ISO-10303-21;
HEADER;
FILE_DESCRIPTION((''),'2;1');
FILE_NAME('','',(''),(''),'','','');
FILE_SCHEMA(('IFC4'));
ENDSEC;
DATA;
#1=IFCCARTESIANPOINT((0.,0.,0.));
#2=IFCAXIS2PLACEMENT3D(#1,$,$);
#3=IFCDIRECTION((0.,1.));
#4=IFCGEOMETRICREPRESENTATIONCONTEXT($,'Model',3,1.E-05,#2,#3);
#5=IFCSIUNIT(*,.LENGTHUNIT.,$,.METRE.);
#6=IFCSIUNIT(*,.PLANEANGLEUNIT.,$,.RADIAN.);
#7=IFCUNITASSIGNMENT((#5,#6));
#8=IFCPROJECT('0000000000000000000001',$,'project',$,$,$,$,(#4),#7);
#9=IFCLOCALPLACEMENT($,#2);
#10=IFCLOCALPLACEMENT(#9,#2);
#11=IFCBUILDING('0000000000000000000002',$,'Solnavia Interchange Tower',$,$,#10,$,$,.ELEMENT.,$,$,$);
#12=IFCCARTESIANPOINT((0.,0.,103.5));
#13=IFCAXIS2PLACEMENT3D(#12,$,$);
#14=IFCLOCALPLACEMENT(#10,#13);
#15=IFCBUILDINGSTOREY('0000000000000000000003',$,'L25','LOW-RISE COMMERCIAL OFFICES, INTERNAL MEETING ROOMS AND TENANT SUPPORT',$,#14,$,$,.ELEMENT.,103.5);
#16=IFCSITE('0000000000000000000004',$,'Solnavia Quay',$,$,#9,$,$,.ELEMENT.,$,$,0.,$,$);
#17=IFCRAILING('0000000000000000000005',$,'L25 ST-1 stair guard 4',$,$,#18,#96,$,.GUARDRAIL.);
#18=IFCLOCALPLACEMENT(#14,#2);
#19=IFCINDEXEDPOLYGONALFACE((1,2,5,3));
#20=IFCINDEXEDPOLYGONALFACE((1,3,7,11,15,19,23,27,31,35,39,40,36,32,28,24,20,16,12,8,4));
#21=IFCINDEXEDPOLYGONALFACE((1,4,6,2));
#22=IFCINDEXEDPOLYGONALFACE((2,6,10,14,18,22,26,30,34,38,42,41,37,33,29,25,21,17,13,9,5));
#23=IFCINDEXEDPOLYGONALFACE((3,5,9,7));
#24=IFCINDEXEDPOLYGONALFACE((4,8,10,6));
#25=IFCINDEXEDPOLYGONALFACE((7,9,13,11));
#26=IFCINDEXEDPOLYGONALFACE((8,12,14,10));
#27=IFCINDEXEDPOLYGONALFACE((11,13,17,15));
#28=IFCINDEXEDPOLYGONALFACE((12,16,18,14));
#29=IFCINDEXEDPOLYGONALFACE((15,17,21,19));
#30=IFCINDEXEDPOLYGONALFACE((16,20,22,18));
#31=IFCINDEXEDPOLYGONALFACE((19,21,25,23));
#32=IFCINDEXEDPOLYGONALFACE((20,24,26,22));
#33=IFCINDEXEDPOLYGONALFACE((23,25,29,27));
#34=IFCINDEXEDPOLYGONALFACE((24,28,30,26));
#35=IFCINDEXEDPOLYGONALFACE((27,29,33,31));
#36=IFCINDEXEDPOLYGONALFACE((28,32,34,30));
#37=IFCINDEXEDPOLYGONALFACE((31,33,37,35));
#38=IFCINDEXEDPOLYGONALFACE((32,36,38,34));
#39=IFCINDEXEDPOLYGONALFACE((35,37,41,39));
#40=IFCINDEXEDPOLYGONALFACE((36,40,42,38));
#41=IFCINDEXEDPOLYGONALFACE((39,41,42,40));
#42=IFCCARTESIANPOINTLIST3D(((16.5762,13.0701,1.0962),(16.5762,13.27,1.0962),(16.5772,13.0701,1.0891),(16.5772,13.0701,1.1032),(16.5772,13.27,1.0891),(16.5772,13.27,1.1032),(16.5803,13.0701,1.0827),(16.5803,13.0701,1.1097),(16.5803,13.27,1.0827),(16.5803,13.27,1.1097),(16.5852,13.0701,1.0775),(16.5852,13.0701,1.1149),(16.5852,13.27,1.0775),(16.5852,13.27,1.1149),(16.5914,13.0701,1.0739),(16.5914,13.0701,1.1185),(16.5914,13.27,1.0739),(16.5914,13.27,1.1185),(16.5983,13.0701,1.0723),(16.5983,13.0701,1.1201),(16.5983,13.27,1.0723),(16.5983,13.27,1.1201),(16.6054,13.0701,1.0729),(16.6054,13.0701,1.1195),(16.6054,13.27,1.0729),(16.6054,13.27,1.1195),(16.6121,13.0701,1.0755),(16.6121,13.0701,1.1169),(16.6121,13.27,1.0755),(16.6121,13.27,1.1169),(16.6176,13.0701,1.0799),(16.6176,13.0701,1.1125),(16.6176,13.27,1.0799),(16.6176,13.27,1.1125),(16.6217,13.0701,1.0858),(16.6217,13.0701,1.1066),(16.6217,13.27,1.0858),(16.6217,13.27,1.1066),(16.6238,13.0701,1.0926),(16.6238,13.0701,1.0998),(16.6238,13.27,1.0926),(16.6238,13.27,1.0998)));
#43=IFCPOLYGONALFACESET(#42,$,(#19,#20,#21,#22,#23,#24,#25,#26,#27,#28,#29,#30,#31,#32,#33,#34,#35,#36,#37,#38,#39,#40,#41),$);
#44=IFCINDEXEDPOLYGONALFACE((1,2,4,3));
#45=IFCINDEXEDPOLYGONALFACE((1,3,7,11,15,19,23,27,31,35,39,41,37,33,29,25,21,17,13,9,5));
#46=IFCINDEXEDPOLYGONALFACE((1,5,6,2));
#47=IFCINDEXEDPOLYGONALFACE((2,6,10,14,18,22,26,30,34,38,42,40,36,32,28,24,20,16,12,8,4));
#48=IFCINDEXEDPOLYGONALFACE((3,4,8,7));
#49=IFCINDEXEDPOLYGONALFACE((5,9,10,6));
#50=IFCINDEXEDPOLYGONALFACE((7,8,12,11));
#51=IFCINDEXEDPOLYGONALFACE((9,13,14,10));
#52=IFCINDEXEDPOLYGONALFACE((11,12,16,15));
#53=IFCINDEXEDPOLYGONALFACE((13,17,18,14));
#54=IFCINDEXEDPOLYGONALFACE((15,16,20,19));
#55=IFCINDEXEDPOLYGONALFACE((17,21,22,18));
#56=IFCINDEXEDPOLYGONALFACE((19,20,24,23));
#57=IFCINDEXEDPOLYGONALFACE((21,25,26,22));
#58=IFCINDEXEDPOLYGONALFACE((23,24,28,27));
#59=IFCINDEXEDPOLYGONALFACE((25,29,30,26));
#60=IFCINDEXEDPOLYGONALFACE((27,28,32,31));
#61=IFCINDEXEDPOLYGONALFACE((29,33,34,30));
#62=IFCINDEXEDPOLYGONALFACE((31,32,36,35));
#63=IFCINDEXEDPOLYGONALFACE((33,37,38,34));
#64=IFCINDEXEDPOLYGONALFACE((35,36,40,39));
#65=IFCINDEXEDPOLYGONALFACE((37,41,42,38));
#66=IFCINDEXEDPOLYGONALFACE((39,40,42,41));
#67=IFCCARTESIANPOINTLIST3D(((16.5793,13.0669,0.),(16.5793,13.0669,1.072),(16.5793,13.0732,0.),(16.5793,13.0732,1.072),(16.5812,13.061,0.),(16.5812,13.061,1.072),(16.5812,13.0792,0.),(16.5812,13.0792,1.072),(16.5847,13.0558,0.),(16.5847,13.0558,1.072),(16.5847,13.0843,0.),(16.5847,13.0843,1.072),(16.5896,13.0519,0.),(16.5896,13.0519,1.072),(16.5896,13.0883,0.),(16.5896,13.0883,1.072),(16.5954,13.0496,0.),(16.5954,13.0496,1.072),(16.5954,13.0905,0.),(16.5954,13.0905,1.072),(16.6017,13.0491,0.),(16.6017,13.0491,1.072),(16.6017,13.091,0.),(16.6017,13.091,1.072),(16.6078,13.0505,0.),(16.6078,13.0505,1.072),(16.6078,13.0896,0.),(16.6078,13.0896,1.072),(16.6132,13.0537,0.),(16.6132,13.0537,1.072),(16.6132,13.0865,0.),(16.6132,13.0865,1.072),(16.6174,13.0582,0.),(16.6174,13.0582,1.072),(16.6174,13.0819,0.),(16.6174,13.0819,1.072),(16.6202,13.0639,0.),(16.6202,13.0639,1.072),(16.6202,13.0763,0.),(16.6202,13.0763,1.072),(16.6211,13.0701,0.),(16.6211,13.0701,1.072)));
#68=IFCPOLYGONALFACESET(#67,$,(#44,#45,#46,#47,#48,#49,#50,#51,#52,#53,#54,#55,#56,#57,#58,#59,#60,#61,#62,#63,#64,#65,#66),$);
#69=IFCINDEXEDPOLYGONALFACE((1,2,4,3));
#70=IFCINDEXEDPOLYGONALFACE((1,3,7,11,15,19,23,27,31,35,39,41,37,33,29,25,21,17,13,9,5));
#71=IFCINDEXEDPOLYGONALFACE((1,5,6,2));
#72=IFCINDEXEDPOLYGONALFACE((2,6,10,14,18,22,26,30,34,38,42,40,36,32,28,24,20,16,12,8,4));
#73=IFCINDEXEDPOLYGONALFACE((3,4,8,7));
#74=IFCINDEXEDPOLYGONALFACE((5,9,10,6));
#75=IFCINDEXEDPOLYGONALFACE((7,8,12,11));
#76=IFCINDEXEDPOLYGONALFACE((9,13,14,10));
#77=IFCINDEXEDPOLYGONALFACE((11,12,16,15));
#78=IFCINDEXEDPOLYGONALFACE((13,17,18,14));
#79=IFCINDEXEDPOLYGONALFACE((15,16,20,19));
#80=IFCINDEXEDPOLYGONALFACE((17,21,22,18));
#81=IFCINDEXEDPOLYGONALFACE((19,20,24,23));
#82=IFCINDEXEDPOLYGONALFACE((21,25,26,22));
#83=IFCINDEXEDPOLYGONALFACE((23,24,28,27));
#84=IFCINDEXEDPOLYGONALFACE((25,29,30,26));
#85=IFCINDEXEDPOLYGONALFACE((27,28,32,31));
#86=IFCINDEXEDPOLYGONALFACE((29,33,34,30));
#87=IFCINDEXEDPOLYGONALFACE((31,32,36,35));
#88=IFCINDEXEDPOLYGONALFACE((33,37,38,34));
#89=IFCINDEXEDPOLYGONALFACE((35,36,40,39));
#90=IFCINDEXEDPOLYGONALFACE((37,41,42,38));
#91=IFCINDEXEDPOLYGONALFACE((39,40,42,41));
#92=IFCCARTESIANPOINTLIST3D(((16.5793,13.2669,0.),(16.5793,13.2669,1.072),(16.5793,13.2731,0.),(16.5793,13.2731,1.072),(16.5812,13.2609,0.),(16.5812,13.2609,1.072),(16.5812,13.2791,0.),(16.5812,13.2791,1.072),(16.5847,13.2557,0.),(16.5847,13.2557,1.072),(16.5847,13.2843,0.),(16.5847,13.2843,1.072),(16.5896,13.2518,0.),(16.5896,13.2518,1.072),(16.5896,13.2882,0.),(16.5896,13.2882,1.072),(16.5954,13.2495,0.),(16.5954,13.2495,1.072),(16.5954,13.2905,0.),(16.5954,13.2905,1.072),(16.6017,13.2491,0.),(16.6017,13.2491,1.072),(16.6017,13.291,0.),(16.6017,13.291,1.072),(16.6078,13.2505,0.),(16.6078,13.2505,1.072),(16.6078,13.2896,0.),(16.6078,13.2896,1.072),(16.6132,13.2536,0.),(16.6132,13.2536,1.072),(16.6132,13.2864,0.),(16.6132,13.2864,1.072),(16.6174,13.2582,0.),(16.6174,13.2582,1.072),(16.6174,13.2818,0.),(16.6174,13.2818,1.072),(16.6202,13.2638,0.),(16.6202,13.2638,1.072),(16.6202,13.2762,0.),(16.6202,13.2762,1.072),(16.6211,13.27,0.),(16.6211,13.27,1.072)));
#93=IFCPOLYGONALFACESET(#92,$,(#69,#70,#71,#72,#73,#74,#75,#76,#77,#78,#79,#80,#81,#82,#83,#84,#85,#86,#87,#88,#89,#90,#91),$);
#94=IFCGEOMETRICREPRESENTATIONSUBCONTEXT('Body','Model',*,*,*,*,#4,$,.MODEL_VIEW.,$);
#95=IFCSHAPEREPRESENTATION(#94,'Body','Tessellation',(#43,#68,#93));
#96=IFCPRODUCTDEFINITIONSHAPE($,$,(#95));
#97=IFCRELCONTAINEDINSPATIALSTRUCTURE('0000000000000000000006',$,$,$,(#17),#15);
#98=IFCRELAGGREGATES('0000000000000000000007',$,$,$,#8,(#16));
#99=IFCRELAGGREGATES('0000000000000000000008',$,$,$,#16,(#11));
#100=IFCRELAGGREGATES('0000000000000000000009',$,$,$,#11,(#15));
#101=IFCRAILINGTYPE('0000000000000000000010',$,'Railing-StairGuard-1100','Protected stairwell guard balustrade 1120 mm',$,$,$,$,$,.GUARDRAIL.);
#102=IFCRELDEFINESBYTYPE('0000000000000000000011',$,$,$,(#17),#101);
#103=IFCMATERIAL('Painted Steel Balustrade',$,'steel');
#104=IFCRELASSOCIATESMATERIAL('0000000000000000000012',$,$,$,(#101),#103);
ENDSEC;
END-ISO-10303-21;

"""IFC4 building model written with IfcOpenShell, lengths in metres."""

from ifc_helpers import new_model, si_unit, direction, frame, origin, origin_2d, place, context, subcontext, project, spatial, circle, extrude, material, type_object, element, save


model = new_model("IFC4")

# Units and contexts
model_context = context("Model", 3, precision=1e-05, world=origin(), true_north=direction((0.0, 1.0)))
body_context = subcontext(model_context, "Body", "Model", "MODEL_VIEW")
ifc_project = project(units=[si_unit("LENGTHUNIT", "METRE"), si_unit("PLANEANGLEUNIT", "RADIAN")], contexts=[model_context])

# Site, building, storey
site_placement = place(None, origin())
site = spatial("IfcSite", under=ifc_project, at=site_placement, Name="Solnavia Quay", CompositionType="ELEMENT", RefElevation=0.0)
building_placement = place(site_placement, origin())
building = spatial("IfcBuilding", under=site, at=building_placement, Name="Solnavia Interchange Tower", CompositionType="ELEMENT")
storey_placement = place(building_placement, frame((0.0, 0.0, 103.5)))
storey = spatial("IfcBuildingStorey", under=building, at=storey_placement, Name="L25", Description="LOW-RISE COMMERCIAL OFFICES, INTERNAL MEETING ROOMS AND TENANT SUPPORT", CompositionType="ELEMENT", Elevation=103.5)

# Railing
ifc_material_1 = material(Name="Painted Steel Balustrade", Category="steel")
railing_type_1 = type_object("IfcRailingType", Name="Railing-StairGuard-1100", Description="Protected stairwell guard balustrade 1120 mm", PredefinedType="GUARDRAIL", material=ifc_material_1)
railing_1_placement = place(storey_placement, frame((16.6001, 13.0701, 0.0)))
element("IfcRailing", 1, at=railing_1_placement, inside=storey, type_object=railing_type_1, Name="L25 ST-1 stair guard 4", PredefinedType="GUARDRAIL", context=body_context, shape_type="SweptSolid", body=[
    extrude(circle(Radius=0.0239, at=origin_2d()), frame((0.0, 0.0, 1.0962), z_axis=(0.0, 1.0, 0.0), x_axis=(-1.0, 0.0, 0.0)), (0.0, 0.0, 1.0), 0.2),
    extrude(circle(Radius=0.021, at=origin_2d()), origin(), (0.0, 0.0, 1.0), 1.072),
    extrude(circle(Radius=0.021, at=origin_2d()), frame((0.0, 0.2, 0.0)), (0.0, 0.0, 1.0), 1.072),
])

save(model, "model.ifc")
